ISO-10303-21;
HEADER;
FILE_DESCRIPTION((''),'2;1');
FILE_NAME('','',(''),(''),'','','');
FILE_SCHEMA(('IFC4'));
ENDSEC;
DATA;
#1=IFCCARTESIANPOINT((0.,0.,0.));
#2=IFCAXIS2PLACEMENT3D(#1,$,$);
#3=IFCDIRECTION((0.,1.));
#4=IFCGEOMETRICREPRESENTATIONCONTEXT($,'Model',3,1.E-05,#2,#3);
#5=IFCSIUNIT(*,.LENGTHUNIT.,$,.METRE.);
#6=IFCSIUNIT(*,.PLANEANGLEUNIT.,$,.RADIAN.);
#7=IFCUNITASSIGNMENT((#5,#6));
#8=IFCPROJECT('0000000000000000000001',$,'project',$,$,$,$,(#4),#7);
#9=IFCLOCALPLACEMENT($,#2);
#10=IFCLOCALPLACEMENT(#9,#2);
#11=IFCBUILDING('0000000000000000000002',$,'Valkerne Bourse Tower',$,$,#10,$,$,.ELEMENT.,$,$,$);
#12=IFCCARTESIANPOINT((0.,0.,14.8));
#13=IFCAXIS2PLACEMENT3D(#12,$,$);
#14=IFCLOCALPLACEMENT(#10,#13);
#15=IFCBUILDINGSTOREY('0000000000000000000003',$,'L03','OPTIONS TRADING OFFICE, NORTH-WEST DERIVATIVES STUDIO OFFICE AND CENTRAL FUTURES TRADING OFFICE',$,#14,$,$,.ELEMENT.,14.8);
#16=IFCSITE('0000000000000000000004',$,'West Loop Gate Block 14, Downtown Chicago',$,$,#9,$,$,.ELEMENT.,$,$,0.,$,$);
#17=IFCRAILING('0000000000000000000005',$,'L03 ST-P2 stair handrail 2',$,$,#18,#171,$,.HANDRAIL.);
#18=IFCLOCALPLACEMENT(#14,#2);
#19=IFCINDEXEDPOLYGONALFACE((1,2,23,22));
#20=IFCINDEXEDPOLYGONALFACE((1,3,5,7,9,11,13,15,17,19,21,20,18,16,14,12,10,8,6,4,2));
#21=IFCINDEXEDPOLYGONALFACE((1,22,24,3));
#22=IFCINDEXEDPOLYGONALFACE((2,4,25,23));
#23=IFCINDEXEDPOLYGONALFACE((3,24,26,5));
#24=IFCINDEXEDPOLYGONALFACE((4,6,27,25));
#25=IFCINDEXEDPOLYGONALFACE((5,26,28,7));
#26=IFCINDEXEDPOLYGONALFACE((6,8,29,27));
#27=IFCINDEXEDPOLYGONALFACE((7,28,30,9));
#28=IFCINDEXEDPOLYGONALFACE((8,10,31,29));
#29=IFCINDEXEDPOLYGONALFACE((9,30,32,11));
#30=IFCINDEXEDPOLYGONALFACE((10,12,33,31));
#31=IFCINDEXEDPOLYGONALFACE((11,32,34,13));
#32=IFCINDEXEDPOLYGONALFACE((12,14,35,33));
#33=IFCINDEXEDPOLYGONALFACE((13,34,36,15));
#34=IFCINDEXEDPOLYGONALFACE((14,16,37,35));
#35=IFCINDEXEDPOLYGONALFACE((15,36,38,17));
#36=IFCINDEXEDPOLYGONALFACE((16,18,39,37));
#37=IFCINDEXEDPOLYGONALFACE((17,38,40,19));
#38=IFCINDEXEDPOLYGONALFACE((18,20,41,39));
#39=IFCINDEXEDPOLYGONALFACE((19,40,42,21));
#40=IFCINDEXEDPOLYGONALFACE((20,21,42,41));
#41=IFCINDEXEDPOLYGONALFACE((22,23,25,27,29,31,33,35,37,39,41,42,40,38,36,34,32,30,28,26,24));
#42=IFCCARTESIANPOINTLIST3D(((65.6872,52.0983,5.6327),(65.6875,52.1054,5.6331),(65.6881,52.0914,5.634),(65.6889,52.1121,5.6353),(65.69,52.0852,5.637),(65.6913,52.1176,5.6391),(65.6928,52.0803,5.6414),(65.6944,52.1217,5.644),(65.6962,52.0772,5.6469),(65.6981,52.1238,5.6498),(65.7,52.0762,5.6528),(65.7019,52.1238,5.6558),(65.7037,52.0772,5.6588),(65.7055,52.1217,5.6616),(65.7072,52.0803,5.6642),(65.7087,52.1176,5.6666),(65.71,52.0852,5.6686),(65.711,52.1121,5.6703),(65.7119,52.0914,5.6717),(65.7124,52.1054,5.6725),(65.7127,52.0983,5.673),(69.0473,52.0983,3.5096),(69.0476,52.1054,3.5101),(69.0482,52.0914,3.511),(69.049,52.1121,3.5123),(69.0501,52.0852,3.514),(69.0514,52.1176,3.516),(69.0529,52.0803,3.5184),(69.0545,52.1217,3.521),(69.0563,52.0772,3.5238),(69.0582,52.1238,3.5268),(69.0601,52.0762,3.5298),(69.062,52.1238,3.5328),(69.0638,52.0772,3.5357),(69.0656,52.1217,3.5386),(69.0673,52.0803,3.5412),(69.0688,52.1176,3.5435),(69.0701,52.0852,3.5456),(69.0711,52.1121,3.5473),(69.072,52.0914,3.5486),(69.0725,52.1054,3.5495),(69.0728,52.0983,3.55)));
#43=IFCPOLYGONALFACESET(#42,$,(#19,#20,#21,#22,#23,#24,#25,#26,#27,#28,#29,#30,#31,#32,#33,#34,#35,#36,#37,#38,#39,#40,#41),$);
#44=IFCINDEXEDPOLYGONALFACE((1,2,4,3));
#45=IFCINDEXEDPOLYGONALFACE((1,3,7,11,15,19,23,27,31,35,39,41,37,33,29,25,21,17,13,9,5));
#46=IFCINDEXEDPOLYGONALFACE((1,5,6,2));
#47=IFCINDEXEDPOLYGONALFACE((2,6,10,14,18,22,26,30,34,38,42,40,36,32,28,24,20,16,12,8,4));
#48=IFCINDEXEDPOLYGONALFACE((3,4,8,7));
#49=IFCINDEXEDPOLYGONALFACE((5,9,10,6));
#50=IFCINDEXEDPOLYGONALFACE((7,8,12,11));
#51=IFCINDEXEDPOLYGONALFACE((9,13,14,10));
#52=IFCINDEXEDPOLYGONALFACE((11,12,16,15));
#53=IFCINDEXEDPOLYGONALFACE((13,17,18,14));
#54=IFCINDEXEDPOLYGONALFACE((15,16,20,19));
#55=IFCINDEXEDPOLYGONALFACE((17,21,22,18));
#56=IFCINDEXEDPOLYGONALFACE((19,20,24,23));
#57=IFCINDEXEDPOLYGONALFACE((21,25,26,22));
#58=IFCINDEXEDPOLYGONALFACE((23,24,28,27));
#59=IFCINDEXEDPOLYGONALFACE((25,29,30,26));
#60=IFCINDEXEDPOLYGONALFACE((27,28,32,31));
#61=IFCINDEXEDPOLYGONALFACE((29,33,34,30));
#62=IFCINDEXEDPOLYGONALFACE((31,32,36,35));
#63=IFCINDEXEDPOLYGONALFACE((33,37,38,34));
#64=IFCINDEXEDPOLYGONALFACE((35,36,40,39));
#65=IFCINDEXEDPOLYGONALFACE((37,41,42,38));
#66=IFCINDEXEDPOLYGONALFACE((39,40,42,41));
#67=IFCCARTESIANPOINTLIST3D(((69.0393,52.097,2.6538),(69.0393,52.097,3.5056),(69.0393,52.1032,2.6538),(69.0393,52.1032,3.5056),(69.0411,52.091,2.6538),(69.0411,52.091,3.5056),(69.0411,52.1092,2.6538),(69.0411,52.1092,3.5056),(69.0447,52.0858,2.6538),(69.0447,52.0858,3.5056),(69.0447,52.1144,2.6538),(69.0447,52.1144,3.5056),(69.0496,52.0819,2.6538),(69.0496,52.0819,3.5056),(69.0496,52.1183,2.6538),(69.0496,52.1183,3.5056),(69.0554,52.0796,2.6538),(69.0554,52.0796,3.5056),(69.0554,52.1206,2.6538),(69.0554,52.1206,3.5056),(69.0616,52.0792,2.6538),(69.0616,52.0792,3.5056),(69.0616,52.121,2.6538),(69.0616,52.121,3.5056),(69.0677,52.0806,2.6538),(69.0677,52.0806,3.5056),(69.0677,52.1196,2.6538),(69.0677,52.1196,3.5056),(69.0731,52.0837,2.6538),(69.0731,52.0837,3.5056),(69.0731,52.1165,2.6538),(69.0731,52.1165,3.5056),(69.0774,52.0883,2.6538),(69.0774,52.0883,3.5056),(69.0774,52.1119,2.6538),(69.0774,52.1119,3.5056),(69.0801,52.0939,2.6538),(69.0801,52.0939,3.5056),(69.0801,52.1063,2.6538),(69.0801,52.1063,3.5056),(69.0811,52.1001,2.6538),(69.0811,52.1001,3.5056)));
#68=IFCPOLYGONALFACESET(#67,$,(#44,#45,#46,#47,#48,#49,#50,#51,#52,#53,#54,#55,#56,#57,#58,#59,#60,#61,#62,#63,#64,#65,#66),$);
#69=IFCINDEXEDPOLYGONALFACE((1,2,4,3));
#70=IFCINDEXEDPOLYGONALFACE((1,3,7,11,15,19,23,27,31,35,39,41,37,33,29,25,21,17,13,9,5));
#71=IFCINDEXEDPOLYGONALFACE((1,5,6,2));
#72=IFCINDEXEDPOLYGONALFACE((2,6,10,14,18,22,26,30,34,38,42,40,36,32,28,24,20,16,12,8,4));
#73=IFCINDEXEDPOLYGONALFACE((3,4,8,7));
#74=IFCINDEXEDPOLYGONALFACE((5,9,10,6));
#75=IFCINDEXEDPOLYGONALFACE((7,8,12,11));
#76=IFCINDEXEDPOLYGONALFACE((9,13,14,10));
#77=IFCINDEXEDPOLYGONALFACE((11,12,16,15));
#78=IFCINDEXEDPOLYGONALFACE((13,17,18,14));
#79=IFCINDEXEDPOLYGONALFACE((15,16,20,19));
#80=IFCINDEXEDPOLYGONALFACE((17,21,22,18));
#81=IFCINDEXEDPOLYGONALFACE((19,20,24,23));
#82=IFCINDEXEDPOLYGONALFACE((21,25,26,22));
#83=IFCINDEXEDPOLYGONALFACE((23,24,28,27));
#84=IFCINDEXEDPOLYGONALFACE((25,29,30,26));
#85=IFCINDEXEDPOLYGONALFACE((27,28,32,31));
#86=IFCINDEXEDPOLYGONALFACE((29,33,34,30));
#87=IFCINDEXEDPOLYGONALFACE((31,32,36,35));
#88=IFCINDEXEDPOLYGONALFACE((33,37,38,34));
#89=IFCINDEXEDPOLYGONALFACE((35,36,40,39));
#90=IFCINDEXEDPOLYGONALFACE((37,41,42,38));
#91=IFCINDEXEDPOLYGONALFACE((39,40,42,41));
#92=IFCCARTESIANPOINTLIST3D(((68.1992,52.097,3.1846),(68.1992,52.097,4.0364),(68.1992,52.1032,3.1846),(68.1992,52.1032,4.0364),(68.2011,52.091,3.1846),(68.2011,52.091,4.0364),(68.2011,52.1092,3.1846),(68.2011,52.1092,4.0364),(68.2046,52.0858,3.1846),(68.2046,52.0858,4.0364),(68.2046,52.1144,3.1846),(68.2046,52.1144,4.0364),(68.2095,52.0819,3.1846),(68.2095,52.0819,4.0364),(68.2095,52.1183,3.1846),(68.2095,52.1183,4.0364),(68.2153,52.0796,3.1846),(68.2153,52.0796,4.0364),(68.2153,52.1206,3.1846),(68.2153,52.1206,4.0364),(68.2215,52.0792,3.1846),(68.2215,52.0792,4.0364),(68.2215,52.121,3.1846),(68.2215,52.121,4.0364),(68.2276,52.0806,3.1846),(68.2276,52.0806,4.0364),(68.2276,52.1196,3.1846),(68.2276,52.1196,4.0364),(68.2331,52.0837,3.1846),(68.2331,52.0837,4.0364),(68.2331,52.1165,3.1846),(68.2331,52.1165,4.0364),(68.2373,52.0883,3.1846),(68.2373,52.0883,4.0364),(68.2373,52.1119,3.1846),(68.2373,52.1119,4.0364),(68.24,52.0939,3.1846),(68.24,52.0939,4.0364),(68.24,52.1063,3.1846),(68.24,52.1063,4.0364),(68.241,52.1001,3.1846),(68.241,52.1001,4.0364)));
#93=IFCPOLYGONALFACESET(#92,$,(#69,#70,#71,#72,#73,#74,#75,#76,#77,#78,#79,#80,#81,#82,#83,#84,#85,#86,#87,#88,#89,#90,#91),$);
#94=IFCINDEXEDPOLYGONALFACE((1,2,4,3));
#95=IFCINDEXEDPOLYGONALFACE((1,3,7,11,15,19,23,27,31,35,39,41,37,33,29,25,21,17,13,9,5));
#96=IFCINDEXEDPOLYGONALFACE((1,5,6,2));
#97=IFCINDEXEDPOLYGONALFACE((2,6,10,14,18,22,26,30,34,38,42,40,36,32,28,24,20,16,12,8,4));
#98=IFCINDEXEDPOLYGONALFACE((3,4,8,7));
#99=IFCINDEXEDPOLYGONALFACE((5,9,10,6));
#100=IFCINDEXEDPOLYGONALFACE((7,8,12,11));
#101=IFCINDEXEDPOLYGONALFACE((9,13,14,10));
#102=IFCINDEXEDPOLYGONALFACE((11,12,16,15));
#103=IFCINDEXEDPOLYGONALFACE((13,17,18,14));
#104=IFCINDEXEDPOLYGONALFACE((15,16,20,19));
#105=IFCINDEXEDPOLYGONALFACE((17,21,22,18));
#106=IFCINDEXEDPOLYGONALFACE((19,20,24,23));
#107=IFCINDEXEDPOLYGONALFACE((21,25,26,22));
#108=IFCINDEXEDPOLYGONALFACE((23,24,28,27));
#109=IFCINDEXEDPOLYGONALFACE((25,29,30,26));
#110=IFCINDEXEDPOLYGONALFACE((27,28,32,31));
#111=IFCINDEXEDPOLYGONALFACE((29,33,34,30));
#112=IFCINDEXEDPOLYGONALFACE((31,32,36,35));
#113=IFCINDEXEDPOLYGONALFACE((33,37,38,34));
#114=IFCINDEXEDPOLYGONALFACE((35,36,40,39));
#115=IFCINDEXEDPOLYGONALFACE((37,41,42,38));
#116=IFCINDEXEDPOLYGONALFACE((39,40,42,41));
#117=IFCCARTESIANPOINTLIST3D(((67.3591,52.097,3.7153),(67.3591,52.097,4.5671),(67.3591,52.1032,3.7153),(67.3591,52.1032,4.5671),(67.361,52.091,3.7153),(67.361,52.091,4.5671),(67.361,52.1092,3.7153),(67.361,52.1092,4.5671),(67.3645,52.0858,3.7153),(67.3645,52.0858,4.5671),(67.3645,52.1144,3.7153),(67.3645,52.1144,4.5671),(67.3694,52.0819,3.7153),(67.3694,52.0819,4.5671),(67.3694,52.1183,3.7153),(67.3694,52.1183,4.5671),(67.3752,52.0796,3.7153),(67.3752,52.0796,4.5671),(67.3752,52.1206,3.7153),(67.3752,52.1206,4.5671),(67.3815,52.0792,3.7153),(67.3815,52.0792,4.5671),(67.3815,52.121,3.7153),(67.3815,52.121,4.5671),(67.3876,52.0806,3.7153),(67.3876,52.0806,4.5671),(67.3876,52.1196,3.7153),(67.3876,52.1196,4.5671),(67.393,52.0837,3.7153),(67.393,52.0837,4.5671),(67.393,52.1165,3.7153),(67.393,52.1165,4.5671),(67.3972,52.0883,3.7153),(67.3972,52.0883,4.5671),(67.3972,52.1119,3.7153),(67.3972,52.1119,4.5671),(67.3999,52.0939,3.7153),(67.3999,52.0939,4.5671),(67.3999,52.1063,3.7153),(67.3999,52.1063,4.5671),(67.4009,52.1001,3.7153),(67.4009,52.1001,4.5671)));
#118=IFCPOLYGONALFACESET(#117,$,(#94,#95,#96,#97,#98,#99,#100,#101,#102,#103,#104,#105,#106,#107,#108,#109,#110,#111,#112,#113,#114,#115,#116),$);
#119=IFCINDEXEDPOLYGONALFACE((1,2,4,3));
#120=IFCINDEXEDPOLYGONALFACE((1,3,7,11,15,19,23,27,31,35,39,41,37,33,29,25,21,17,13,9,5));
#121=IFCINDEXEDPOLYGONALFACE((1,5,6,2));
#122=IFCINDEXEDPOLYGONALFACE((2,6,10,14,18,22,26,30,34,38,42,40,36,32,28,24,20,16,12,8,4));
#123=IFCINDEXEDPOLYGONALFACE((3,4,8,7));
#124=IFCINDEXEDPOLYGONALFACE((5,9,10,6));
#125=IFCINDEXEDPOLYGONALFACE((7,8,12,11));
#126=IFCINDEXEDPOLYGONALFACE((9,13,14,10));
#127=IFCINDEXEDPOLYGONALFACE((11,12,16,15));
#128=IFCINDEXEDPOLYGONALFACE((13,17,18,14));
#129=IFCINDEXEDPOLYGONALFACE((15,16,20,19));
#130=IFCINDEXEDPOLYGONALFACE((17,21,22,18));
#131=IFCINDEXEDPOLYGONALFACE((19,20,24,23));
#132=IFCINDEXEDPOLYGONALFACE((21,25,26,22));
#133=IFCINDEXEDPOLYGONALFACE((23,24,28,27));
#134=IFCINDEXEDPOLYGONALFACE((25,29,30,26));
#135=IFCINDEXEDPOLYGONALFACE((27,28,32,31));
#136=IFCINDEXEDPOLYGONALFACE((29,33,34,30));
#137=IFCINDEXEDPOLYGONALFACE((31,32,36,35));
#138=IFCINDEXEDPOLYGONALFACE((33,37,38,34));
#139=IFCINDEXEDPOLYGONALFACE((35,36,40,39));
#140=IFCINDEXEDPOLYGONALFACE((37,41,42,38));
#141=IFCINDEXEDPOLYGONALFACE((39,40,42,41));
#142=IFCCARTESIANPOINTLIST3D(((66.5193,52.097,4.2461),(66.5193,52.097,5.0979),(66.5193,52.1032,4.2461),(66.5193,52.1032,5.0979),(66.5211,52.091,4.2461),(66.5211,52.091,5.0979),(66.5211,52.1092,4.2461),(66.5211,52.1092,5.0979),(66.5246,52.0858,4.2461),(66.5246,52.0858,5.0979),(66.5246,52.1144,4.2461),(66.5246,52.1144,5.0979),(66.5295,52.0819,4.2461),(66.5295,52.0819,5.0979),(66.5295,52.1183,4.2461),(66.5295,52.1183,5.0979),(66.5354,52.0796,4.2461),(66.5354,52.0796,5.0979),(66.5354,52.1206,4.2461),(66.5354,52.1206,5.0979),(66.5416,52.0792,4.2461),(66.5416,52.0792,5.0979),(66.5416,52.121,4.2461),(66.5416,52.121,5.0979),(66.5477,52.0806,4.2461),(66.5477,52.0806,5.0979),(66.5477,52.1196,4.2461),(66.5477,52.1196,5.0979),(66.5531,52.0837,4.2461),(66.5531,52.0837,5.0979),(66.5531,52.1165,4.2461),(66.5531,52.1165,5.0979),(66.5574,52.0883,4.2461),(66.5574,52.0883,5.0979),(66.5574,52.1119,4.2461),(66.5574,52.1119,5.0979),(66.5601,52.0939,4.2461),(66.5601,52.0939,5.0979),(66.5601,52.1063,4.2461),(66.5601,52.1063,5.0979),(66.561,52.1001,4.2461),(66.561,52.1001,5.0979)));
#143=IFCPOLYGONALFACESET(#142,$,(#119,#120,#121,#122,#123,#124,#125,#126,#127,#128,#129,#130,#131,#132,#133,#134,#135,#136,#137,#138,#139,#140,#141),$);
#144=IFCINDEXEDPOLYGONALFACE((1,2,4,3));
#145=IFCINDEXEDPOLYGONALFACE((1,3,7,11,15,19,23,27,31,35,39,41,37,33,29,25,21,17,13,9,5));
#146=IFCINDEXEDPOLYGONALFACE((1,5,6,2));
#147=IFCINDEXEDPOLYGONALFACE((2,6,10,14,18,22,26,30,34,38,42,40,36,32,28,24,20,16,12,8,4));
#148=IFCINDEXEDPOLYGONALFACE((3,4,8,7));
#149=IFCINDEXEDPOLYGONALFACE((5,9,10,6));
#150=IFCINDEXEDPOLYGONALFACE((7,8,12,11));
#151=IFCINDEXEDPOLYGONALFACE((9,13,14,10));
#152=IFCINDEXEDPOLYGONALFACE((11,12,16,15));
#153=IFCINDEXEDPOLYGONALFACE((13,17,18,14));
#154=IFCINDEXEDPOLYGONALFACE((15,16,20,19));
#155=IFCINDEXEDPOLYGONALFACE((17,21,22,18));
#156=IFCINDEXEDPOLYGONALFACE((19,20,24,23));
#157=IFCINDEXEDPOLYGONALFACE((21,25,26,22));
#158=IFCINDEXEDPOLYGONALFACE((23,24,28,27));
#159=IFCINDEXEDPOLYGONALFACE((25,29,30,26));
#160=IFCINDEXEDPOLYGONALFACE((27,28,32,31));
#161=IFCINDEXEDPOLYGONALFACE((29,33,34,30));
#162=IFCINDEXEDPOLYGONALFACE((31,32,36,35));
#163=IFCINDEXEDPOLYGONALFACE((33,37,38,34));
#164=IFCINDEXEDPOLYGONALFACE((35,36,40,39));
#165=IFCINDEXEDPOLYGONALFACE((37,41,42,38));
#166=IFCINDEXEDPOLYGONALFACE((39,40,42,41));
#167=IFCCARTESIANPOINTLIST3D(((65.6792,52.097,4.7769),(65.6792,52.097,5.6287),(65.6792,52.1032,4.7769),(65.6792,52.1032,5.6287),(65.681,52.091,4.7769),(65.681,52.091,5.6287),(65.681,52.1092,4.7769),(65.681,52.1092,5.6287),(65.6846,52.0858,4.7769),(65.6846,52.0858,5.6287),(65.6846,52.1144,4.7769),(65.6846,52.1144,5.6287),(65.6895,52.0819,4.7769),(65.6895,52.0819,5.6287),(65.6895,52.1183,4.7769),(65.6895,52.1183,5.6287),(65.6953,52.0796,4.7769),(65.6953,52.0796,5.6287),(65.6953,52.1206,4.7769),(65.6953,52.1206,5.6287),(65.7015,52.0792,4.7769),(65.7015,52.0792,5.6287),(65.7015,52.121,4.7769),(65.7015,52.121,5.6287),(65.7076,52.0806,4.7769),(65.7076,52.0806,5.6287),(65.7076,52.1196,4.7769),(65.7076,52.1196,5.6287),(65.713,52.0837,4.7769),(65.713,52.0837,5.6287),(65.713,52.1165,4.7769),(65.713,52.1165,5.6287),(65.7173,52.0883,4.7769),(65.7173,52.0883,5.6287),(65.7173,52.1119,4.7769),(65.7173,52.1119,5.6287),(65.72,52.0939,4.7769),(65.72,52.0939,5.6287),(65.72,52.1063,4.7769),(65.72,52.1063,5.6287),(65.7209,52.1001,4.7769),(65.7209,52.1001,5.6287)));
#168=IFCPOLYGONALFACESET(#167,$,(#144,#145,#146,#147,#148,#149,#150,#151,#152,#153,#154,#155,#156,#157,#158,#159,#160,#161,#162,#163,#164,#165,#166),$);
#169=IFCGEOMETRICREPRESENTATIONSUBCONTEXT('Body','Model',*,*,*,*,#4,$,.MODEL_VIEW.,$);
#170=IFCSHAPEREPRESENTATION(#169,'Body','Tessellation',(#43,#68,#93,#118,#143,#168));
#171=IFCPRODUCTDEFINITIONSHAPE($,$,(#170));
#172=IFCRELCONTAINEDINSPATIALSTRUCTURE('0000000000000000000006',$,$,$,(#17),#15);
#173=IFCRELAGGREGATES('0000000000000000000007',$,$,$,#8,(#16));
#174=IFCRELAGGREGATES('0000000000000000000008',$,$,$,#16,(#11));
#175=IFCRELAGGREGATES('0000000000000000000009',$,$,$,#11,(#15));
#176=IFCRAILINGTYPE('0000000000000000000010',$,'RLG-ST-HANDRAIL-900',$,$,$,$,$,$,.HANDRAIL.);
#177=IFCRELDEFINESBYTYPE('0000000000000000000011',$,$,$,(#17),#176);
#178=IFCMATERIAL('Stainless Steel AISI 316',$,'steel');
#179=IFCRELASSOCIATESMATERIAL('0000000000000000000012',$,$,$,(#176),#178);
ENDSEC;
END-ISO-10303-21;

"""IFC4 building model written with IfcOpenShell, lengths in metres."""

from ifc_helpers import new_model, si_unit, direction, frame, origin, origin_2d, place, context, subcontext, project, spatial, circle, extrude, material, type_object, element, save


model = new_model("IFC4")

# Units and contexts
model_context = context("Model", 3, precision=1e-05, world=origin(), true_north=direction((0.0, 1.0)))
body_context = subcontext(model_context, "Body", "Model", "MODEL_VIEW")
ifc_project = project(units=[si_unit("LENGTHUNIT", "METRE"), si_unit("PLANEANGLEUNIT", "RADIAN")], contexts=[model_context])

# Site, building, storey
site_placement = place(None, origin())
site = spatial("IfcSite", under=ifc_project, at=site_placement, Name="West Loop Gate Block 14, Downtown Chicago", CompositionType="ELEMENT", RefElevation=0.0)
building_placement = place(site_placement, origin())
building = spatial("IfcBuilding", under=site, at=building_placement, Name="Valkerne Bourse Tower", CompositionType="ELEMENT")
storey_placement = place(building_placement, frame((0.0, 0.0, 14.8)))
storey = spatial("IfcBuildingStorey", under=building, at=storey_placement, Name="L03", Description="OPTIONS TRADING OFFICE, NORTH-WEST DERIVATIVES STUDIO OFFICE AND CENTRAL FUTURES TRADING OFFICE", CompositionType="ELEMENT", Elevation=14.8)

# Railing
ifc_material_1 = material(Name="Stainless Steel AISI 316", Category="steel")
railing_type_1 = type_object("IfcRailingType", Name="RLG-ST-HANDRAIL-900", PredefinedType="HANDRAIL", material=ifc_material_1)
railing_1_placement = place(storey_placement, frame((69.0601, 52.1001, 2.6538)))
element("IfcRailing", 1, at=railing_1_placement, inside=storey, type_object=railing_type_1, Name="L03 ST-P2 stair handrail 2", PredefinedType="HANDRAIL", context=body_context, shape_type="SweptSolid", body=[
    extrude(circle(Radius=0.0239, at=origin_2d()), frame((0.0, 0.0, 0.876), z_axis=(-0.84539, 0.0, 0.53415), x_axis=(0.0, -1.0, 0.0)), (0.0, 0.0, 1.0), 3.9746),
    extrude(circle(Radius=0.021, at=origin_2d()), origin(), (0.0, 0.0, 1.0), 0.8518),
    extrude(circle(Radius=0.021, at=origin_2d()), frame((-0.8401, 0.0, 0.5308)), (0.0, 0.0, 1.0), 0.8518),
    extrude(circle(Radius=0.021, at=origin_2d()), frame((-1.6802, 0.0, 1.0615)), (0.0, 0.0, 1.0), 0.8518),
    extrude(circle(Radius=0.021, at=origin_2d()), frame((-2.52, 0.0, 1.5923)), (0.0, 0.0, 1.0), 0.8518),
    extrude(circle(Radius=0.021, at=origin_2d()), frame((-3.3601, 0.0, 2.123)), (0.0, 0.0, 1.0), 0.8518),
])

save(model, "model.ifc")
